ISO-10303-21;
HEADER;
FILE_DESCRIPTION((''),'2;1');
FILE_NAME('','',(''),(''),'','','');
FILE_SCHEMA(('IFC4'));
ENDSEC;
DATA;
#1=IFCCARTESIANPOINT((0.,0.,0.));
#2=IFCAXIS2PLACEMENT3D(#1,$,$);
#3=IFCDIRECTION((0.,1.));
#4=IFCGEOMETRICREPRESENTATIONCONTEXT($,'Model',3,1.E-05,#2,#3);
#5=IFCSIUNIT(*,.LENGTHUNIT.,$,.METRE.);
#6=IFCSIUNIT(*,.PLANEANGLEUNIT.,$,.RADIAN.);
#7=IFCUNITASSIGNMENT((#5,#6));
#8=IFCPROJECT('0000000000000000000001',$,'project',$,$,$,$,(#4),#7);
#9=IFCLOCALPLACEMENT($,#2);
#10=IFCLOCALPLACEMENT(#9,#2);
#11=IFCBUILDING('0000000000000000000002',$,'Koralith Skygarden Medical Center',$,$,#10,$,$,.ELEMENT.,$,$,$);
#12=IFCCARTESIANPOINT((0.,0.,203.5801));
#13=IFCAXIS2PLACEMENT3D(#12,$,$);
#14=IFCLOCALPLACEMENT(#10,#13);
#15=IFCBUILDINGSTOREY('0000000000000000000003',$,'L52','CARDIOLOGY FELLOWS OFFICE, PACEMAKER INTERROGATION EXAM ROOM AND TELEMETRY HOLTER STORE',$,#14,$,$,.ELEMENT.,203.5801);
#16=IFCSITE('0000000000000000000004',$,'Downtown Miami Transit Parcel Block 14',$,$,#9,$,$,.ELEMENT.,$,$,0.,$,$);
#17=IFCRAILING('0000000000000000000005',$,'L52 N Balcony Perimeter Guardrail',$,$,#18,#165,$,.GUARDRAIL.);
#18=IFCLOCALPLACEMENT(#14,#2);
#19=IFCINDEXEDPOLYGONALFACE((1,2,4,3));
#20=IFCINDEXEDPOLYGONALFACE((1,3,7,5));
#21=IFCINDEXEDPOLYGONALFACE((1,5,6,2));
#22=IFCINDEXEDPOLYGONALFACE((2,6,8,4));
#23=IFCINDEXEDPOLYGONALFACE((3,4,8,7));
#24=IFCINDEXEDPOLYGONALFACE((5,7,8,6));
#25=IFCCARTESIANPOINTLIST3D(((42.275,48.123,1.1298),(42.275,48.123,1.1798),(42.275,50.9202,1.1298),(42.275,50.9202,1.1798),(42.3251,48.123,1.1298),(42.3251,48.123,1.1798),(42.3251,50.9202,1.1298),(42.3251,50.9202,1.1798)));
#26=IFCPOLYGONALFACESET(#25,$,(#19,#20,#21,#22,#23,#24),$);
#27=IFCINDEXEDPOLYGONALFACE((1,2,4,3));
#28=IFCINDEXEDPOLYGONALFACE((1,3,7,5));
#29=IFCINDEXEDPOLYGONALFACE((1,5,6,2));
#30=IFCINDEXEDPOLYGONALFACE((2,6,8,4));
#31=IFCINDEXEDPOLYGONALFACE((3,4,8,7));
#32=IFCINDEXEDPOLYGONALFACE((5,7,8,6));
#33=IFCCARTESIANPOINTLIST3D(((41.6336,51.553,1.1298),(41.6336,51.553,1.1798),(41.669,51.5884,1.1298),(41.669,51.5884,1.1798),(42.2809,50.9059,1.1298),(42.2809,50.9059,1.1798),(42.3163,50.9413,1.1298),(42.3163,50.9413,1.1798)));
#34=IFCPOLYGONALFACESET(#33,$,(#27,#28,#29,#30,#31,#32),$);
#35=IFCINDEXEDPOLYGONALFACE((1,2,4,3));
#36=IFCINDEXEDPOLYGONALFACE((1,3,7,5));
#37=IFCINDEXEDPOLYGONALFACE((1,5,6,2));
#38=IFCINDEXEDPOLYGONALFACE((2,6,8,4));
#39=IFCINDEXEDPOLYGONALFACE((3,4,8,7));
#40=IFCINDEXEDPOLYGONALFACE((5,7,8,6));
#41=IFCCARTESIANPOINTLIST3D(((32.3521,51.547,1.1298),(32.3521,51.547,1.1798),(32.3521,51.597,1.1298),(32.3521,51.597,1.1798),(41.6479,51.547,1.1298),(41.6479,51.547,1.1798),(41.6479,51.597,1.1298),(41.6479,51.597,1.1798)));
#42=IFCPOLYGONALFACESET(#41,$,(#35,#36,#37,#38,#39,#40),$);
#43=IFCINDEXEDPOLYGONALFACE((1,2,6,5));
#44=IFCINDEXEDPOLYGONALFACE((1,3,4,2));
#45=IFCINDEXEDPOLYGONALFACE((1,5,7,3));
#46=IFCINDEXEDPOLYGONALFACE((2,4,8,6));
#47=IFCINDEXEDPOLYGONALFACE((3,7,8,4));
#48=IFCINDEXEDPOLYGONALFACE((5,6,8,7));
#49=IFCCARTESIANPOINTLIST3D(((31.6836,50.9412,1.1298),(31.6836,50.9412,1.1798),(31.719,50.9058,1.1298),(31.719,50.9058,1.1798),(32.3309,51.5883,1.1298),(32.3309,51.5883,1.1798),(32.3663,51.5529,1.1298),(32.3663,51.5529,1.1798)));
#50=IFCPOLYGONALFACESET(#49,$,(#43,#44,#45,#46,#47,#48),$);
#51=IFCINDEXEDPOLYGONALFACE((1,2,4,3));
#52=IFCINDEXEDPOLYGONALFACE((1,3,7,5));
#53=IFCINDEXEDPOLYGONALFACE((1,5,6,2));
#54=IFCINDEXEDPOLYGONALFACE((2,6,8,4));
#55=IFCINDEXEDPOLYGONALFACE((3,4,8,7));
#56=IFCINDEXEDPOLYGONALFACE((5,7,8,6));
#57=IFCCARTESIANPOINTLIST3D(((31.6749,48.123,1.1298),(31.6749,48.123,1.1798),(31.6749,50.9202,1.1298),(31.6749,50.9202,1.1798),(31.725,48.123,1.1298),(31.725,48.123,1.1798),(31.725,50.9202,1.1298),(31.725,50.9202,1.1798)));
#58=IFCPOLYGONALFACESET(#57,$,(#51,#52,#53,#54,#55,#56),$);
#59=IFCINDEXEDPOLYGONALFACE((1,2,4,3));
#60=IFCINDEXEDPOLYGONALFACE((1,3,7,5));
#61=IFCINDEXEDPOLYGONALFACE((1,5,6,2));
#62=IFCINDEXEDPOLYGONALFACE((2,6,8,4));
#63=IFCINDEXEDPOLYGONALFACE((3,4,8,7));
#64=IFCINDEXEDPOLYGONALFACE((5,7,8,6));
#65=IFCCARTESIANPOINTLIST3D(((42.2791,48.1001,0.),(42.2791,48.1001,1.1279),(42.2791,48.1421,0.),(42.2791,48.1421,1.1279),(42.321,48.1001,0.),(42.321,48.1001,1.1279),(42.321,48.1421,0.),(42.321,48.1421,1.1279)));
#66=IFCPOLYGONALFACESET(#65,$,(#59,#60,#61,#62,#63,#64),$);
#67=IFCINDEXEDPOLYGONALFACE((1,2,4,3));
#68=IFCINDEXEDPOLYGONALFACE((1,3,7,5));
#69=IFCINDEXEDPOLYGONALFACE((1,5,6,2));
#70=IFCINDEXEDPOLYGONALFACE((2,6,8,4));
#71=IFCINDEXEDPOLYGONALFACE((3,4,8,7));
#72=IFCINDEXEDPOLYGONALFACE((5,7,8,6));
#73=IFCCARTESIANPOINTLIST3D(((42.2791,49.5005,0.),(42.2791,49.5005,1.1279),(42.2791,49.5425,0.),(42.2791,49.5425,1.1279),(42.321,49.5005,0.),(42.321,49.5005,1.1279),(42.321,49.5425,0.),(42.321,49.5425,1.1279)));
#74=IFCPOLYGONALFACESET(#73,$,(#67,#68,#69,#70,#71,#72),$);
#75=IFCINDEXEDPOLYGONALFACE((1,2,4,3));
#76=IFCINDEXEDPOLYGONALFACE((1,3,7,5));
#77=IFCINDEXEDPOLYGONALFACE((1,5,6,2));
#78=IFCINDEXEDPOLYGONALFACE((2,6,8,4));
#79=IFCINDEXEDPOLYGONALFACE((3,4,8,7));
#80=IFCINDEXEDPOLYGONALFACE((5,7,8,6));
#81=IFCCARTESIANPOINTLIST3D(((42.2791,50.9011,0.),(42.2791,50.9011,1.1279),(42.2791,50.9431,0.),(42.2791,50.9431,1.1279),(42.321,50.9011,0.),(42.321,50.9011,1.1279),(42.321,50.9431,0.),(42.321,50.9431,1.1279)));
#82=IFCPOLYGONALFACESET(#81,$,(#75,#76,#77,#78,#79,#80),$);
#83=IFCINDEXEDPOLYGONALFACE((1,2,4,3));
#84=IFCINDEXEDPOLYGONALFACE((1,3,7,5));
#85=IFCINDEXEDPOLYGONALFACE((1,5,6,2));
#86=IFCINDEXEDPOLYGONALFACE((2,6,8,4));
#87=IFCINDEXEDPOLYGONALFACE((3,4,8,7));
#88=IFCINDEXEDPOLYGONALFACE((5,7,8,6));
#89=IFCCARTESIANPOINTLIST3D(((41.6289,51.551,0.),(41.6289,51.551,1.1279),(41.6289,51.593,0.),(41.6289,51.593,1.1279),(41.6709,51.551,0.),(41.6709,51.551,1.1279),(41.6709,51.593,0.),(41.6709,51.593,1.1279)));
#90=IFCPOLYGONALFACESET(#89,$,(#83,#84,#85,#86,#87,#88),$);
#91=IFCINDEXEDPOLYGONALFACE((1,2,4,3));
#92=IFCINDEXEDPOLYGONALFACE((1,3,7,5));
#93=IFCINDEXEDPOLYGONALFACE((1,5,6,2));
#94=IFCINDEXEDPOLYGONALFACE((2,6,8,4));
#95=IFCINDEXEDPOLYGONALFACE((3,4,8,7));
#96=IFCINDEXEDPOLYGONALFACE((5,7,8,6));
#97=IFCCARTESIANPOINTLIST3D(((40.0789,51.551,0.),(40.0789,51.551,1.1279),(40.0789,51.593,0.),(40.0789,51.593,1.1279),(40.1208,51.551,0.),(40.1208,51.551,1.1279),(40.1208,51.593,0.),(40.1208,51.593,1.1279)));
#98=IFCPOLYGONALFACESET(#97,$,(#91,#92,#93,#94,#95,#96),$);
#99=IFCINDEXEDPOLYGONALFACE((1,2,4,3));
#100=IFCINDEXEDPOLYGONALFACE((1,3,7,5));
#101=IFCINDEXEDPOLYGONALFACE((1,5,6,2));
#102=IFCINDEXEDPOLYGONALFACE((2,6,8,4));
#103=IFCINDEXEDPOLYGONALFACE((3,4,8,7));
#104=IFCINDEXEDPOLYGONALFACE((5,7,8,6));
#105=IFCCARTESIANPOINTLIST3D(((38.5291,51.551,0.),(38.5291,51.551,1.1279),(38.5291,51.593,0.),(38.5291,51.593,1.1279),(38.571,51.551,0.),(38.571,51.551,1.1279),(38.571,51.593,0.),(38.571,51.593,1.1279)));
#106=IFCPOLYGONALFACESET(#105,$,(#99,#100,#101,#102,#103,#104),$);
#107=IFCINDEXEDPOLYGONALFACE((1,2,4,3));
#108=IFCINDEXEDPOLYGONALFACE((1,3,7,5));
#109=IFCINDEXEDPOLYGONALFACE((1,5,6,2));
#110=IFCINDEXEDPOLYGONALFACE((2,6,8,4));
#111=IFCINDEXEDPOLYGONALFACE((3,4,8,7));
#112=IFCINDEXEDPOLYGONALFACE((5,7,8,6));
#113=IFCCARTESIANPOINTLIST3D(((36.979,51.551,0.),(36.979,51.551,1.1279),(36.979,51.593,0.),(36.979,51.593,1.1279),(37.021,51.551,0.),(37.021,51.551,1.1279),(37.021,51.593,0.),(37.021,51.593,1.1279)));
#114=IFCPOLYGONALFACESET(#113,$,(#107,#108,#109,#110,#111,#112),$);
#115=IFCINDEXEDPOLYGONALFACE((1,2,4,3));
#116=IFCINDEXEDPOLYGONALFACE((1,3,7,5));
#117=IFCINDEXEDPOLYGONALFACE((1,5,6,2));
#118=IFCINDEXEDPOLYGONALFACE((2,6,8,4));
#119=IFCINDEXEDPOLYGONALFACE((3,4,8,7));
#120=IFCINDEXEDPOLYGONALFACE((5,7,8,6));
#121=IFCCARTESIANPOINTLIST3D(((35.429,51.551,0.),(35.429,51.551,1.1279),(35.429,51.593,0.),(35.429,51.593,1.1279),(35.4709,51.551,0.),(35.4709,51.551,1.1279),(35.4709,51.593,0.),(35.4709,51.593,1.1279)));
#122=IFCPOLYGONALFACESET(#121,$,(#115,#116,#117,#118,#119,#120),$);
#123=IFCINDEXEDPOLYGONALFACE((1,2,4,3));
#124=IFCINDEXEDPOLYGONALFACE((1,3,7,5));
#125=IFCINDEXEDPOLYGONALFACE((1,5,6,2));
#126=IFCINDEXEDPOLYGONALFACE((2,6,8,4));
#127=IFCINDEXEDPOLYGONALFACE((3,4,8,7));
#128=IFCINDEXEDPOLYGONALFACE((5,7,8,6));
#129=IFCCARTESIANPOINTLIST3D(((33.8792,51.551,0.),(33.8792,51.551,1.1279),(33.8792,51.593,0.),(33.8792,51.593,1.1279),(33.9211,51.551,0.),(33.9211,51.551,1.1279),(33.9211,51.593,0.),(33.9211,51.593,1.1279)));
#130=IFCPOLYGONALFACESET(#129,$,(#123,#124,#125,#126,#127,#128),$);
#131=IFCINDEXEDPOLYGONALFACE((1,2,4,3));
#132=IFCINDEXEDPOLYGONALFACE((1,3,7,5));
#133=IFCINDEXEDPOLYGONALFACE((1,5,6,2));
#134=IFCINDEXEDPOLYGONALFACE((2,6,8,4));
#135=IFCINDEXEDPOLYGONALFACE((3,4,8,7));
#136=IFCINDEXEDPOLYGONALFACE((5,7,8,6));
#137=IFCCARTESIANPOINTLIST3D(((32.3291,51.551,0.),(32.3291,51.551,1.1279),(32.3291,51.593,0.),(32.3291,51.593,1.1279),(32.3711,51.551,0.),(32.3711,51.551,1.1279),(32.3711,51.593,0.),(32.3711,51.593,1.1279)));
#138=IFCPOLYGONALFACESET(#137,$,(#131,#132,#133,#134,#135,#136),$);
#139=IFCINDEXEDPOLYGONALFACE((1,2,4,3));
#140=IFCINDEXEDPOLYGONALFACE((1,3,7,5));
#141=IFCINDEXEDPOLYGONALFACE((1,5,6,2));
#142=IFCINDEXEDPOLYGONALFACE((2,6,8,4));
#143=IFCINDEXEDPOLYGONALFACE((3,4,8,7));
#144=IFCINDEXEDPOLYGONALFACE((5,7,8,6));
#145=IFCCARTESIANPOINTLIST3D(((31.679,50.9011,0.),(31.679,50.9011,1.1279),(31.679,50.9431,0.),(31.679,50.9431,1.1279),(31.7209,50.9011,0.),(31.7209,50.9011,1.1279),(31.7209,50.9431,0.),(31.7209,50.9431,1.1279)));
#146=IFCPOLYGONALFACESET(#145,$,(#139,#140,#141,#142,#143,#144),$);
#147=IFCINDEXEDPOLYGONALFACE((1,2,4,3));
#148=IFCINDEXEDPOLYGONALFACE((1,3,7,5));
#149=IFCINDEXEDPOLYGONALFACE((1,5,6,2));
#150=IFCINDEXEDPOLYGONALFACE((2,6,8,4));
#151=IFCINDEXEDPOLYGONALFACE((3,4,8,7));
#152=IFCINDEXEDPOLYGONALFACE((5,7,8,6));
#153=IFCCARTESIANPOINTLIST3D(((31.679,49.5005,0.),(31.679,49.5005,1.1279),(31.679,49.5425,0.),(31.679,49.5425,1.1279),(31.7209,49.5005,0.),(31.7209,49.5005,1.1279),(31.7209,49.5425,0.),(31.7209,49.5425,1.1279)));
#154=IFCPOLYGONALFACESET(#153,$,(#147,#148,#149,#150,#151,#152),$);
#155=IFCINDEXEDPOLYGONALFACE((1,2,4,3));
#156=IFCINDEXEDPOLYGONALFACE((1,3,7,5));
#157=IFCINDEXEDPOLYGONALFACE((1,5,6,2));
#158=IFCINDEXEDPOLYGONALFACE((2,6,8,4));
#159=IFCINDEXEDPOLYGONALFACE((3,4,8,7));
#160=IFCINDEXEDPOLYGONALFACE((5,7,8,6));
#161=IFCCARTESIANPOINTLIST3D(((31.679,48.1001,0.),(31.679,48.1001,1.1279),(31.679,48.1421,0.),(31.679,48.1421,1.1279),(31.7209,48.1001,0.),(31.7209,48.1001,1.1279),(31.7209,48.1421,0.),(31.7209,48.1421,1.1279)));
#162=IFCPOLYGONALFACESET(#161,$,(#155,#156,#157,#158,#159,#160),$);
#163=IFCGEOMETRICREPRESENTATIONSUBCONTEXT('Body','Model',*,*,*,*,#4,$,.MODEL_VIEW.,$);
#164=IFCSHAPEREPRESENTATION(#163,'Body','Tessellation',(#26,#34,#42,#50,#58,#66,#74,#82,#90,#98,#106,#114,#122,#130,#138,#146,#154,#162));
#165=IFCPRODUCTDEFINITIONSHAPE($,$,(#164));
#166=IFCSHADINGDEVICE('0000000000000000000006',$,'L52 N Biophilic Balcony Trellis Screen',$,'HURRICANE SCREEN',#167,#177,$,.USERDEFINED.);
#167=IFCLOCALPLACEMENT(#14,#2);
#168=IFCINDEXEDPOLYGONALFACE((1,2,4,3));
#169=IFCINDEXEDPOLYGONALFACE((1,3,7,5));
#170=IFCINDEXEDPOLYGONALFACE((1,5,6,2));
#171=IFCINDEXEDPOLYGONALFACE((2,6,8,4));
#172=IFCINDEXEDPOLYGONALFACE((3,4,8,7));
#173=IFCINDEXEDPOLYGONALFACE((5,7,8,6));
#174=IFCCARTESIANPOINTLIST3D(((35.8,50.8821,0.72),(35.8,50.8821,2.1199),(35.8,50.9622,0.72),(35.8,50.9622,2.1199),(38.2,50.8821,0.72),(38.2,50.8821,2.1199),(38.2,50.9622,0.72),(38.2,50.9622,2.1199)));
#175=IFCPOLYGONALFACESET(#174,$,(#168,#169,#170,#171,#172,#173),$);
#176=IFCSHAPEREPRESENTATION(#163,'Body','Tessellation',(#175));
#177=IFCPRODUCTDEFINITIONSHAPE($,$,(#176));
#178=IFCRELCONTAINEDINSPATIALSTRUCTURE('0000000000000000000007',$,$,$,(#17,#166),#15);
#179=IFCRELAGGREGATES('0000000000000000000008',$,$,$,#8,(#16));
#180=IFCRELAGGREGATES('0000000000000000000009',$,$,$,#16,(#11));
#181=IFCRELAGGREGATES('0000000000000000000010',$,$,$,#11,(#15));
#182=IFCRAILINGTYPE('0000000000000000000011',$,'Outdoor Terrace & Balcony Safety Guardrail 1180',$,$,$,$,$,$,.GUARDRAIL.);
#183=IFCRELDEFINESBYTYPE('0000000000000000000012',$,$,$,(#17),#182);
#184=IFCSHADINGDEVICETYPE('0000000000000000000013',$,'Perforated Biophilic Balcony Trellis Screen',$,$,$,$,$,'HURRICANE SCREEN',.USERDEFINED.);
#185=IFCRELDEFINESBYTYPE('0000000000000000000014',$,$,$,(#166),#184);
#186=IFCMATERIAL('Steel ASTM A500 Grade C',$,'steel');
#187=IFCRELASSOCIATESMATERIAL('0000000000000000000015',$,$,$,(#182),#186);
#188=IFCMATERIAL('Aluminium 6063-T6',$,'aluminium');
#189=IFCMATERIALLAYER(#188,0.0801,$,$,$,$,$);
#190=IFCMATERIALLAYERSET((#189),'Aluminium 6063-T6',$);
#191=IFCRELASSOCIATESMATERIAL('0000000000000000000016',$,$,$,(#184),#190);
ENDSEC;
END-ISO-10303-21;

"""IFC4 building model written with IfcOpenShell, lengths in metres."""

from ifc_helpers import new_model, si_unit, direction, frame, origin, origin_2d, place, context, subcontext, project, spatial, rectangle, extrude, material, layer, layer_set, type_object, element, save


model = new_model("IFC4")

# Units and contexts
model_context = context("Model", 3, precision=1e-05, world=origin(), true_north=direction((0.0, 1.0)))
body_context = subcontext(model_context, "Body", "Model", "MODEL_VIEW")
ifc_project = project(units=[si_unit("LENGTHUNIT", "METRE"), si_unit("PLANEANGLEUNIT", "RADIAN")], contexts=[model_context])

# Site, building, storey
site_placement = place(None, origin())
site = spatial("IfcSite", under=ifc_project, at=site_placement, Name="Downtown Miami Transit Parcel Block 14", CompositionType="ELEMENT", RefElevation=0.0)
building_placement = place(site_placement, origin())
building = spatial("IfcBuilding", under=site, at=building_placement, Name="Koralith Skygarden Medical Center", CompositionType="ELEMENT")
storey_placement = place(building_placement, frame((0.0, 0.0, 203.5801)))
storey = spatial("IfcBuildingStorey", under=building, at=storey_placement, Name="L52", Description="CARDIOLOGY FELLOWS OFFICE, PACEMAKER INTERROGATION EXAM ROOM AND TELEMETRY HOLTER STORE", CompositionType="ELEMENT", Elevation=203.5801)

# Shared definitions
ifc_material_1 = material(Name="Aluminium 6063-T6", Category="aluminium")

# Shared definitions
ifc_material_2 = material(Name="Steel ASTM A500 Grade C", Category="steel")

# Railing
railing_type = type_object("IfcRailingType", Name="Outdoor Terrace & Balcony Safety Guardrail 1180", PredefinedType="GUARDRAIL", material=ifc_material_2)
railing_placement = place(storey_placement, frame((42.3, 48.1211, 0.0)))
element("IfcRailing", 1, at=railing_placement, inside=storey, type_object=railing_type, Name="L52 N Balcony Perimeter Guardrail", PredefinedType="GUARDRAIL", context=body_context, shape_type="SweptSolid", body=[
    extrude(rectangle(XDim=0.05, YDim=0.05, at=origin_2d()), frame((0.0, 0.002, 1.1548), z_axis=(0.0, 1.0, 0.0), x_axis=(-1.0, 0.0, 0.0)), (0.0, 0.0, 1.0), 2.7971),
    extrude(rectangle(XDim=0.05, YDim=0.05, at=origin_2d()), frame((-0.0015, 2.8025, 1.1548), z_axis=(-0.70724, 0.706974, 0.0), x_axis=(-0.706974, -0.70724, 0.0)), (0.0, 0.0, 1.0), 0.9153),
    extrude(rectangle(XDim=0.05, YDim=0.05, at=origin_2d()), frame((-0.6521, 3.4509, 1.1548), z_axis=(-1.0, 0.0, 0.0), x_axis=(0.0, -1.0, 0.0)), (0.0, 0.0, 1.0), 9.2959),
    extrude(rectangle(XDim=0.05, YDim=0.05, at=origin_2d()), frame((-9.9514, 3.4495, 1.1548), z_axis=(-0.70724, -0.706974, 0.0), x_axis=(0.706974, -0.70724, 0.0)), (0.0, 0.0, 1.0), 0.9153),
    extrude(rectangle(XDim=0.05, YDim=0.05, at=origin_2d()), frame((-10.6001, 2.7991, 1.1548), z_axis=(0.0, -1.0, 0.0), x_axis=(1.0, 0.0, 0.0)), (0.0, 0.0, 1.0), 2.7971),
    extrude(rectangle(XDim=0.042, YDim=0.042, at=origin_2d()), origin(), (0.0, 0.0, 1.0), 1.1279),
    extrude(rectangle(XDim=0.042, YDim=0.042, at=origin_2d()), frame((0.0, 1.4004, 0.0)), (0.0, 0.0, 1.0), 1.1279),
    extrude(rectangle(XDim=0.042, YDim=0.042, at=origin_2d()), frame((0.0, 2.801, 0.0)), (0.0, 0.0, 1.0), 1.1279),
    extrude(rectangle(XDim=0.042, YDim=0.042, at=origin_2d()), frame((-0.6501, 3.4509, 0.0)), (0.0, 0.0, 1.0), 1.1279),
    extrude(rectangle(XDim=0.042, YDim=0.042, at=origin_2d()), frame((-2.2002, 3.4509, 0.0)), (0.0, 0.0, 1.0), 1.1279),
    extrude(rectangle(XDim=0.042, YDim=0.042, at=origin_2d()), frame((-3.75, 3.4509, 0.0)), (0.0, 0.0, 1.0), 1.1279),
    extrude(rectangle(XDim=0.042, YDim=0.042, at=origin_2d()), frame((-5.3, 3.4509, 0.0)), (0.0, 0.0, 1.0), 1.1279),
    extrude(rectangle(XDim=0.042, YDim=0.042, at=origin_2d()), frame((-6.8501, 3.4509, 0.0)), (0.0, 0.0, 1.0), 1.1279),
    extrude(rectangle(XDim=0.042, YDim=0.042, at=origin_2d()), frame((-8.3999, 3.4509, 0.0)), (0.0, 0.0, 1.0), 1.1279),
    extrude(rectangle(XDim=0.042, YDim=0.042, at=origin_2d()), frame((-9.95, 3.4509, 0.0)), (0.0, 0.0, 1.0), 1.1279),
    extrude(rectangle(XDim=0.042, YDim=0.042, at=origin_2d()), frame((-10.6001, 2.801, 0.0)), (0.0, 0.0, 1.0), 1.1279),
    extrude(rectangle(XDim=0.042, YDim=0.042, at=origin_2d()), frame((-10.6001, 1.4004, 0.0)), (0.0, 0.0, 1.0), 1.1279),
    extrude(rectangle(XDim=0.042, YDim=0.042, at=origin_2d()), frame((-10.6001, 0.0, 0.0)), (0.0, 0.0, 1.0), 1.1279),
])

# Shading device
ifc_layer_1 = layer(ifc_material_1, 0.0801)
ifc_layer_set_1 = layer_set([ifc_layer_1], Name="Aluminium 6063-T6")
shading_device_type = type_object("IfcShadingDeviceType", Name="Perforated Biophilic Balcony Trellis Screen", ElementType="HURRICANE SCREEN", PredefinedType="USERDEFINED", material=ifc_layer_set_1)
shading_device_placement = place(storey_placement, frame((37.0, 50.9221, 0.72), z_axis=(0.0, 0.0, 1.0), x_axis=(1.0, 0.0, 0.0)))
element("IfcShadingDevice", 2, at=shading_device_placement, inside=storey, type_object=shading_device_type, Name="L52 N Biophilic Balcony Trellis Screen", ObjectType="HURRICANE SCREEN", PredefinedType="USERDEFINED", context=body_context, shape_type="SweptSolid", body=[
    extrude(rectangle(XDim=2.3999, YDim=0.0801, at=origin_2d()), origin(), (0.0, 0.0, 1.0), 1.3999),
])

save(model, "model.ifc")
